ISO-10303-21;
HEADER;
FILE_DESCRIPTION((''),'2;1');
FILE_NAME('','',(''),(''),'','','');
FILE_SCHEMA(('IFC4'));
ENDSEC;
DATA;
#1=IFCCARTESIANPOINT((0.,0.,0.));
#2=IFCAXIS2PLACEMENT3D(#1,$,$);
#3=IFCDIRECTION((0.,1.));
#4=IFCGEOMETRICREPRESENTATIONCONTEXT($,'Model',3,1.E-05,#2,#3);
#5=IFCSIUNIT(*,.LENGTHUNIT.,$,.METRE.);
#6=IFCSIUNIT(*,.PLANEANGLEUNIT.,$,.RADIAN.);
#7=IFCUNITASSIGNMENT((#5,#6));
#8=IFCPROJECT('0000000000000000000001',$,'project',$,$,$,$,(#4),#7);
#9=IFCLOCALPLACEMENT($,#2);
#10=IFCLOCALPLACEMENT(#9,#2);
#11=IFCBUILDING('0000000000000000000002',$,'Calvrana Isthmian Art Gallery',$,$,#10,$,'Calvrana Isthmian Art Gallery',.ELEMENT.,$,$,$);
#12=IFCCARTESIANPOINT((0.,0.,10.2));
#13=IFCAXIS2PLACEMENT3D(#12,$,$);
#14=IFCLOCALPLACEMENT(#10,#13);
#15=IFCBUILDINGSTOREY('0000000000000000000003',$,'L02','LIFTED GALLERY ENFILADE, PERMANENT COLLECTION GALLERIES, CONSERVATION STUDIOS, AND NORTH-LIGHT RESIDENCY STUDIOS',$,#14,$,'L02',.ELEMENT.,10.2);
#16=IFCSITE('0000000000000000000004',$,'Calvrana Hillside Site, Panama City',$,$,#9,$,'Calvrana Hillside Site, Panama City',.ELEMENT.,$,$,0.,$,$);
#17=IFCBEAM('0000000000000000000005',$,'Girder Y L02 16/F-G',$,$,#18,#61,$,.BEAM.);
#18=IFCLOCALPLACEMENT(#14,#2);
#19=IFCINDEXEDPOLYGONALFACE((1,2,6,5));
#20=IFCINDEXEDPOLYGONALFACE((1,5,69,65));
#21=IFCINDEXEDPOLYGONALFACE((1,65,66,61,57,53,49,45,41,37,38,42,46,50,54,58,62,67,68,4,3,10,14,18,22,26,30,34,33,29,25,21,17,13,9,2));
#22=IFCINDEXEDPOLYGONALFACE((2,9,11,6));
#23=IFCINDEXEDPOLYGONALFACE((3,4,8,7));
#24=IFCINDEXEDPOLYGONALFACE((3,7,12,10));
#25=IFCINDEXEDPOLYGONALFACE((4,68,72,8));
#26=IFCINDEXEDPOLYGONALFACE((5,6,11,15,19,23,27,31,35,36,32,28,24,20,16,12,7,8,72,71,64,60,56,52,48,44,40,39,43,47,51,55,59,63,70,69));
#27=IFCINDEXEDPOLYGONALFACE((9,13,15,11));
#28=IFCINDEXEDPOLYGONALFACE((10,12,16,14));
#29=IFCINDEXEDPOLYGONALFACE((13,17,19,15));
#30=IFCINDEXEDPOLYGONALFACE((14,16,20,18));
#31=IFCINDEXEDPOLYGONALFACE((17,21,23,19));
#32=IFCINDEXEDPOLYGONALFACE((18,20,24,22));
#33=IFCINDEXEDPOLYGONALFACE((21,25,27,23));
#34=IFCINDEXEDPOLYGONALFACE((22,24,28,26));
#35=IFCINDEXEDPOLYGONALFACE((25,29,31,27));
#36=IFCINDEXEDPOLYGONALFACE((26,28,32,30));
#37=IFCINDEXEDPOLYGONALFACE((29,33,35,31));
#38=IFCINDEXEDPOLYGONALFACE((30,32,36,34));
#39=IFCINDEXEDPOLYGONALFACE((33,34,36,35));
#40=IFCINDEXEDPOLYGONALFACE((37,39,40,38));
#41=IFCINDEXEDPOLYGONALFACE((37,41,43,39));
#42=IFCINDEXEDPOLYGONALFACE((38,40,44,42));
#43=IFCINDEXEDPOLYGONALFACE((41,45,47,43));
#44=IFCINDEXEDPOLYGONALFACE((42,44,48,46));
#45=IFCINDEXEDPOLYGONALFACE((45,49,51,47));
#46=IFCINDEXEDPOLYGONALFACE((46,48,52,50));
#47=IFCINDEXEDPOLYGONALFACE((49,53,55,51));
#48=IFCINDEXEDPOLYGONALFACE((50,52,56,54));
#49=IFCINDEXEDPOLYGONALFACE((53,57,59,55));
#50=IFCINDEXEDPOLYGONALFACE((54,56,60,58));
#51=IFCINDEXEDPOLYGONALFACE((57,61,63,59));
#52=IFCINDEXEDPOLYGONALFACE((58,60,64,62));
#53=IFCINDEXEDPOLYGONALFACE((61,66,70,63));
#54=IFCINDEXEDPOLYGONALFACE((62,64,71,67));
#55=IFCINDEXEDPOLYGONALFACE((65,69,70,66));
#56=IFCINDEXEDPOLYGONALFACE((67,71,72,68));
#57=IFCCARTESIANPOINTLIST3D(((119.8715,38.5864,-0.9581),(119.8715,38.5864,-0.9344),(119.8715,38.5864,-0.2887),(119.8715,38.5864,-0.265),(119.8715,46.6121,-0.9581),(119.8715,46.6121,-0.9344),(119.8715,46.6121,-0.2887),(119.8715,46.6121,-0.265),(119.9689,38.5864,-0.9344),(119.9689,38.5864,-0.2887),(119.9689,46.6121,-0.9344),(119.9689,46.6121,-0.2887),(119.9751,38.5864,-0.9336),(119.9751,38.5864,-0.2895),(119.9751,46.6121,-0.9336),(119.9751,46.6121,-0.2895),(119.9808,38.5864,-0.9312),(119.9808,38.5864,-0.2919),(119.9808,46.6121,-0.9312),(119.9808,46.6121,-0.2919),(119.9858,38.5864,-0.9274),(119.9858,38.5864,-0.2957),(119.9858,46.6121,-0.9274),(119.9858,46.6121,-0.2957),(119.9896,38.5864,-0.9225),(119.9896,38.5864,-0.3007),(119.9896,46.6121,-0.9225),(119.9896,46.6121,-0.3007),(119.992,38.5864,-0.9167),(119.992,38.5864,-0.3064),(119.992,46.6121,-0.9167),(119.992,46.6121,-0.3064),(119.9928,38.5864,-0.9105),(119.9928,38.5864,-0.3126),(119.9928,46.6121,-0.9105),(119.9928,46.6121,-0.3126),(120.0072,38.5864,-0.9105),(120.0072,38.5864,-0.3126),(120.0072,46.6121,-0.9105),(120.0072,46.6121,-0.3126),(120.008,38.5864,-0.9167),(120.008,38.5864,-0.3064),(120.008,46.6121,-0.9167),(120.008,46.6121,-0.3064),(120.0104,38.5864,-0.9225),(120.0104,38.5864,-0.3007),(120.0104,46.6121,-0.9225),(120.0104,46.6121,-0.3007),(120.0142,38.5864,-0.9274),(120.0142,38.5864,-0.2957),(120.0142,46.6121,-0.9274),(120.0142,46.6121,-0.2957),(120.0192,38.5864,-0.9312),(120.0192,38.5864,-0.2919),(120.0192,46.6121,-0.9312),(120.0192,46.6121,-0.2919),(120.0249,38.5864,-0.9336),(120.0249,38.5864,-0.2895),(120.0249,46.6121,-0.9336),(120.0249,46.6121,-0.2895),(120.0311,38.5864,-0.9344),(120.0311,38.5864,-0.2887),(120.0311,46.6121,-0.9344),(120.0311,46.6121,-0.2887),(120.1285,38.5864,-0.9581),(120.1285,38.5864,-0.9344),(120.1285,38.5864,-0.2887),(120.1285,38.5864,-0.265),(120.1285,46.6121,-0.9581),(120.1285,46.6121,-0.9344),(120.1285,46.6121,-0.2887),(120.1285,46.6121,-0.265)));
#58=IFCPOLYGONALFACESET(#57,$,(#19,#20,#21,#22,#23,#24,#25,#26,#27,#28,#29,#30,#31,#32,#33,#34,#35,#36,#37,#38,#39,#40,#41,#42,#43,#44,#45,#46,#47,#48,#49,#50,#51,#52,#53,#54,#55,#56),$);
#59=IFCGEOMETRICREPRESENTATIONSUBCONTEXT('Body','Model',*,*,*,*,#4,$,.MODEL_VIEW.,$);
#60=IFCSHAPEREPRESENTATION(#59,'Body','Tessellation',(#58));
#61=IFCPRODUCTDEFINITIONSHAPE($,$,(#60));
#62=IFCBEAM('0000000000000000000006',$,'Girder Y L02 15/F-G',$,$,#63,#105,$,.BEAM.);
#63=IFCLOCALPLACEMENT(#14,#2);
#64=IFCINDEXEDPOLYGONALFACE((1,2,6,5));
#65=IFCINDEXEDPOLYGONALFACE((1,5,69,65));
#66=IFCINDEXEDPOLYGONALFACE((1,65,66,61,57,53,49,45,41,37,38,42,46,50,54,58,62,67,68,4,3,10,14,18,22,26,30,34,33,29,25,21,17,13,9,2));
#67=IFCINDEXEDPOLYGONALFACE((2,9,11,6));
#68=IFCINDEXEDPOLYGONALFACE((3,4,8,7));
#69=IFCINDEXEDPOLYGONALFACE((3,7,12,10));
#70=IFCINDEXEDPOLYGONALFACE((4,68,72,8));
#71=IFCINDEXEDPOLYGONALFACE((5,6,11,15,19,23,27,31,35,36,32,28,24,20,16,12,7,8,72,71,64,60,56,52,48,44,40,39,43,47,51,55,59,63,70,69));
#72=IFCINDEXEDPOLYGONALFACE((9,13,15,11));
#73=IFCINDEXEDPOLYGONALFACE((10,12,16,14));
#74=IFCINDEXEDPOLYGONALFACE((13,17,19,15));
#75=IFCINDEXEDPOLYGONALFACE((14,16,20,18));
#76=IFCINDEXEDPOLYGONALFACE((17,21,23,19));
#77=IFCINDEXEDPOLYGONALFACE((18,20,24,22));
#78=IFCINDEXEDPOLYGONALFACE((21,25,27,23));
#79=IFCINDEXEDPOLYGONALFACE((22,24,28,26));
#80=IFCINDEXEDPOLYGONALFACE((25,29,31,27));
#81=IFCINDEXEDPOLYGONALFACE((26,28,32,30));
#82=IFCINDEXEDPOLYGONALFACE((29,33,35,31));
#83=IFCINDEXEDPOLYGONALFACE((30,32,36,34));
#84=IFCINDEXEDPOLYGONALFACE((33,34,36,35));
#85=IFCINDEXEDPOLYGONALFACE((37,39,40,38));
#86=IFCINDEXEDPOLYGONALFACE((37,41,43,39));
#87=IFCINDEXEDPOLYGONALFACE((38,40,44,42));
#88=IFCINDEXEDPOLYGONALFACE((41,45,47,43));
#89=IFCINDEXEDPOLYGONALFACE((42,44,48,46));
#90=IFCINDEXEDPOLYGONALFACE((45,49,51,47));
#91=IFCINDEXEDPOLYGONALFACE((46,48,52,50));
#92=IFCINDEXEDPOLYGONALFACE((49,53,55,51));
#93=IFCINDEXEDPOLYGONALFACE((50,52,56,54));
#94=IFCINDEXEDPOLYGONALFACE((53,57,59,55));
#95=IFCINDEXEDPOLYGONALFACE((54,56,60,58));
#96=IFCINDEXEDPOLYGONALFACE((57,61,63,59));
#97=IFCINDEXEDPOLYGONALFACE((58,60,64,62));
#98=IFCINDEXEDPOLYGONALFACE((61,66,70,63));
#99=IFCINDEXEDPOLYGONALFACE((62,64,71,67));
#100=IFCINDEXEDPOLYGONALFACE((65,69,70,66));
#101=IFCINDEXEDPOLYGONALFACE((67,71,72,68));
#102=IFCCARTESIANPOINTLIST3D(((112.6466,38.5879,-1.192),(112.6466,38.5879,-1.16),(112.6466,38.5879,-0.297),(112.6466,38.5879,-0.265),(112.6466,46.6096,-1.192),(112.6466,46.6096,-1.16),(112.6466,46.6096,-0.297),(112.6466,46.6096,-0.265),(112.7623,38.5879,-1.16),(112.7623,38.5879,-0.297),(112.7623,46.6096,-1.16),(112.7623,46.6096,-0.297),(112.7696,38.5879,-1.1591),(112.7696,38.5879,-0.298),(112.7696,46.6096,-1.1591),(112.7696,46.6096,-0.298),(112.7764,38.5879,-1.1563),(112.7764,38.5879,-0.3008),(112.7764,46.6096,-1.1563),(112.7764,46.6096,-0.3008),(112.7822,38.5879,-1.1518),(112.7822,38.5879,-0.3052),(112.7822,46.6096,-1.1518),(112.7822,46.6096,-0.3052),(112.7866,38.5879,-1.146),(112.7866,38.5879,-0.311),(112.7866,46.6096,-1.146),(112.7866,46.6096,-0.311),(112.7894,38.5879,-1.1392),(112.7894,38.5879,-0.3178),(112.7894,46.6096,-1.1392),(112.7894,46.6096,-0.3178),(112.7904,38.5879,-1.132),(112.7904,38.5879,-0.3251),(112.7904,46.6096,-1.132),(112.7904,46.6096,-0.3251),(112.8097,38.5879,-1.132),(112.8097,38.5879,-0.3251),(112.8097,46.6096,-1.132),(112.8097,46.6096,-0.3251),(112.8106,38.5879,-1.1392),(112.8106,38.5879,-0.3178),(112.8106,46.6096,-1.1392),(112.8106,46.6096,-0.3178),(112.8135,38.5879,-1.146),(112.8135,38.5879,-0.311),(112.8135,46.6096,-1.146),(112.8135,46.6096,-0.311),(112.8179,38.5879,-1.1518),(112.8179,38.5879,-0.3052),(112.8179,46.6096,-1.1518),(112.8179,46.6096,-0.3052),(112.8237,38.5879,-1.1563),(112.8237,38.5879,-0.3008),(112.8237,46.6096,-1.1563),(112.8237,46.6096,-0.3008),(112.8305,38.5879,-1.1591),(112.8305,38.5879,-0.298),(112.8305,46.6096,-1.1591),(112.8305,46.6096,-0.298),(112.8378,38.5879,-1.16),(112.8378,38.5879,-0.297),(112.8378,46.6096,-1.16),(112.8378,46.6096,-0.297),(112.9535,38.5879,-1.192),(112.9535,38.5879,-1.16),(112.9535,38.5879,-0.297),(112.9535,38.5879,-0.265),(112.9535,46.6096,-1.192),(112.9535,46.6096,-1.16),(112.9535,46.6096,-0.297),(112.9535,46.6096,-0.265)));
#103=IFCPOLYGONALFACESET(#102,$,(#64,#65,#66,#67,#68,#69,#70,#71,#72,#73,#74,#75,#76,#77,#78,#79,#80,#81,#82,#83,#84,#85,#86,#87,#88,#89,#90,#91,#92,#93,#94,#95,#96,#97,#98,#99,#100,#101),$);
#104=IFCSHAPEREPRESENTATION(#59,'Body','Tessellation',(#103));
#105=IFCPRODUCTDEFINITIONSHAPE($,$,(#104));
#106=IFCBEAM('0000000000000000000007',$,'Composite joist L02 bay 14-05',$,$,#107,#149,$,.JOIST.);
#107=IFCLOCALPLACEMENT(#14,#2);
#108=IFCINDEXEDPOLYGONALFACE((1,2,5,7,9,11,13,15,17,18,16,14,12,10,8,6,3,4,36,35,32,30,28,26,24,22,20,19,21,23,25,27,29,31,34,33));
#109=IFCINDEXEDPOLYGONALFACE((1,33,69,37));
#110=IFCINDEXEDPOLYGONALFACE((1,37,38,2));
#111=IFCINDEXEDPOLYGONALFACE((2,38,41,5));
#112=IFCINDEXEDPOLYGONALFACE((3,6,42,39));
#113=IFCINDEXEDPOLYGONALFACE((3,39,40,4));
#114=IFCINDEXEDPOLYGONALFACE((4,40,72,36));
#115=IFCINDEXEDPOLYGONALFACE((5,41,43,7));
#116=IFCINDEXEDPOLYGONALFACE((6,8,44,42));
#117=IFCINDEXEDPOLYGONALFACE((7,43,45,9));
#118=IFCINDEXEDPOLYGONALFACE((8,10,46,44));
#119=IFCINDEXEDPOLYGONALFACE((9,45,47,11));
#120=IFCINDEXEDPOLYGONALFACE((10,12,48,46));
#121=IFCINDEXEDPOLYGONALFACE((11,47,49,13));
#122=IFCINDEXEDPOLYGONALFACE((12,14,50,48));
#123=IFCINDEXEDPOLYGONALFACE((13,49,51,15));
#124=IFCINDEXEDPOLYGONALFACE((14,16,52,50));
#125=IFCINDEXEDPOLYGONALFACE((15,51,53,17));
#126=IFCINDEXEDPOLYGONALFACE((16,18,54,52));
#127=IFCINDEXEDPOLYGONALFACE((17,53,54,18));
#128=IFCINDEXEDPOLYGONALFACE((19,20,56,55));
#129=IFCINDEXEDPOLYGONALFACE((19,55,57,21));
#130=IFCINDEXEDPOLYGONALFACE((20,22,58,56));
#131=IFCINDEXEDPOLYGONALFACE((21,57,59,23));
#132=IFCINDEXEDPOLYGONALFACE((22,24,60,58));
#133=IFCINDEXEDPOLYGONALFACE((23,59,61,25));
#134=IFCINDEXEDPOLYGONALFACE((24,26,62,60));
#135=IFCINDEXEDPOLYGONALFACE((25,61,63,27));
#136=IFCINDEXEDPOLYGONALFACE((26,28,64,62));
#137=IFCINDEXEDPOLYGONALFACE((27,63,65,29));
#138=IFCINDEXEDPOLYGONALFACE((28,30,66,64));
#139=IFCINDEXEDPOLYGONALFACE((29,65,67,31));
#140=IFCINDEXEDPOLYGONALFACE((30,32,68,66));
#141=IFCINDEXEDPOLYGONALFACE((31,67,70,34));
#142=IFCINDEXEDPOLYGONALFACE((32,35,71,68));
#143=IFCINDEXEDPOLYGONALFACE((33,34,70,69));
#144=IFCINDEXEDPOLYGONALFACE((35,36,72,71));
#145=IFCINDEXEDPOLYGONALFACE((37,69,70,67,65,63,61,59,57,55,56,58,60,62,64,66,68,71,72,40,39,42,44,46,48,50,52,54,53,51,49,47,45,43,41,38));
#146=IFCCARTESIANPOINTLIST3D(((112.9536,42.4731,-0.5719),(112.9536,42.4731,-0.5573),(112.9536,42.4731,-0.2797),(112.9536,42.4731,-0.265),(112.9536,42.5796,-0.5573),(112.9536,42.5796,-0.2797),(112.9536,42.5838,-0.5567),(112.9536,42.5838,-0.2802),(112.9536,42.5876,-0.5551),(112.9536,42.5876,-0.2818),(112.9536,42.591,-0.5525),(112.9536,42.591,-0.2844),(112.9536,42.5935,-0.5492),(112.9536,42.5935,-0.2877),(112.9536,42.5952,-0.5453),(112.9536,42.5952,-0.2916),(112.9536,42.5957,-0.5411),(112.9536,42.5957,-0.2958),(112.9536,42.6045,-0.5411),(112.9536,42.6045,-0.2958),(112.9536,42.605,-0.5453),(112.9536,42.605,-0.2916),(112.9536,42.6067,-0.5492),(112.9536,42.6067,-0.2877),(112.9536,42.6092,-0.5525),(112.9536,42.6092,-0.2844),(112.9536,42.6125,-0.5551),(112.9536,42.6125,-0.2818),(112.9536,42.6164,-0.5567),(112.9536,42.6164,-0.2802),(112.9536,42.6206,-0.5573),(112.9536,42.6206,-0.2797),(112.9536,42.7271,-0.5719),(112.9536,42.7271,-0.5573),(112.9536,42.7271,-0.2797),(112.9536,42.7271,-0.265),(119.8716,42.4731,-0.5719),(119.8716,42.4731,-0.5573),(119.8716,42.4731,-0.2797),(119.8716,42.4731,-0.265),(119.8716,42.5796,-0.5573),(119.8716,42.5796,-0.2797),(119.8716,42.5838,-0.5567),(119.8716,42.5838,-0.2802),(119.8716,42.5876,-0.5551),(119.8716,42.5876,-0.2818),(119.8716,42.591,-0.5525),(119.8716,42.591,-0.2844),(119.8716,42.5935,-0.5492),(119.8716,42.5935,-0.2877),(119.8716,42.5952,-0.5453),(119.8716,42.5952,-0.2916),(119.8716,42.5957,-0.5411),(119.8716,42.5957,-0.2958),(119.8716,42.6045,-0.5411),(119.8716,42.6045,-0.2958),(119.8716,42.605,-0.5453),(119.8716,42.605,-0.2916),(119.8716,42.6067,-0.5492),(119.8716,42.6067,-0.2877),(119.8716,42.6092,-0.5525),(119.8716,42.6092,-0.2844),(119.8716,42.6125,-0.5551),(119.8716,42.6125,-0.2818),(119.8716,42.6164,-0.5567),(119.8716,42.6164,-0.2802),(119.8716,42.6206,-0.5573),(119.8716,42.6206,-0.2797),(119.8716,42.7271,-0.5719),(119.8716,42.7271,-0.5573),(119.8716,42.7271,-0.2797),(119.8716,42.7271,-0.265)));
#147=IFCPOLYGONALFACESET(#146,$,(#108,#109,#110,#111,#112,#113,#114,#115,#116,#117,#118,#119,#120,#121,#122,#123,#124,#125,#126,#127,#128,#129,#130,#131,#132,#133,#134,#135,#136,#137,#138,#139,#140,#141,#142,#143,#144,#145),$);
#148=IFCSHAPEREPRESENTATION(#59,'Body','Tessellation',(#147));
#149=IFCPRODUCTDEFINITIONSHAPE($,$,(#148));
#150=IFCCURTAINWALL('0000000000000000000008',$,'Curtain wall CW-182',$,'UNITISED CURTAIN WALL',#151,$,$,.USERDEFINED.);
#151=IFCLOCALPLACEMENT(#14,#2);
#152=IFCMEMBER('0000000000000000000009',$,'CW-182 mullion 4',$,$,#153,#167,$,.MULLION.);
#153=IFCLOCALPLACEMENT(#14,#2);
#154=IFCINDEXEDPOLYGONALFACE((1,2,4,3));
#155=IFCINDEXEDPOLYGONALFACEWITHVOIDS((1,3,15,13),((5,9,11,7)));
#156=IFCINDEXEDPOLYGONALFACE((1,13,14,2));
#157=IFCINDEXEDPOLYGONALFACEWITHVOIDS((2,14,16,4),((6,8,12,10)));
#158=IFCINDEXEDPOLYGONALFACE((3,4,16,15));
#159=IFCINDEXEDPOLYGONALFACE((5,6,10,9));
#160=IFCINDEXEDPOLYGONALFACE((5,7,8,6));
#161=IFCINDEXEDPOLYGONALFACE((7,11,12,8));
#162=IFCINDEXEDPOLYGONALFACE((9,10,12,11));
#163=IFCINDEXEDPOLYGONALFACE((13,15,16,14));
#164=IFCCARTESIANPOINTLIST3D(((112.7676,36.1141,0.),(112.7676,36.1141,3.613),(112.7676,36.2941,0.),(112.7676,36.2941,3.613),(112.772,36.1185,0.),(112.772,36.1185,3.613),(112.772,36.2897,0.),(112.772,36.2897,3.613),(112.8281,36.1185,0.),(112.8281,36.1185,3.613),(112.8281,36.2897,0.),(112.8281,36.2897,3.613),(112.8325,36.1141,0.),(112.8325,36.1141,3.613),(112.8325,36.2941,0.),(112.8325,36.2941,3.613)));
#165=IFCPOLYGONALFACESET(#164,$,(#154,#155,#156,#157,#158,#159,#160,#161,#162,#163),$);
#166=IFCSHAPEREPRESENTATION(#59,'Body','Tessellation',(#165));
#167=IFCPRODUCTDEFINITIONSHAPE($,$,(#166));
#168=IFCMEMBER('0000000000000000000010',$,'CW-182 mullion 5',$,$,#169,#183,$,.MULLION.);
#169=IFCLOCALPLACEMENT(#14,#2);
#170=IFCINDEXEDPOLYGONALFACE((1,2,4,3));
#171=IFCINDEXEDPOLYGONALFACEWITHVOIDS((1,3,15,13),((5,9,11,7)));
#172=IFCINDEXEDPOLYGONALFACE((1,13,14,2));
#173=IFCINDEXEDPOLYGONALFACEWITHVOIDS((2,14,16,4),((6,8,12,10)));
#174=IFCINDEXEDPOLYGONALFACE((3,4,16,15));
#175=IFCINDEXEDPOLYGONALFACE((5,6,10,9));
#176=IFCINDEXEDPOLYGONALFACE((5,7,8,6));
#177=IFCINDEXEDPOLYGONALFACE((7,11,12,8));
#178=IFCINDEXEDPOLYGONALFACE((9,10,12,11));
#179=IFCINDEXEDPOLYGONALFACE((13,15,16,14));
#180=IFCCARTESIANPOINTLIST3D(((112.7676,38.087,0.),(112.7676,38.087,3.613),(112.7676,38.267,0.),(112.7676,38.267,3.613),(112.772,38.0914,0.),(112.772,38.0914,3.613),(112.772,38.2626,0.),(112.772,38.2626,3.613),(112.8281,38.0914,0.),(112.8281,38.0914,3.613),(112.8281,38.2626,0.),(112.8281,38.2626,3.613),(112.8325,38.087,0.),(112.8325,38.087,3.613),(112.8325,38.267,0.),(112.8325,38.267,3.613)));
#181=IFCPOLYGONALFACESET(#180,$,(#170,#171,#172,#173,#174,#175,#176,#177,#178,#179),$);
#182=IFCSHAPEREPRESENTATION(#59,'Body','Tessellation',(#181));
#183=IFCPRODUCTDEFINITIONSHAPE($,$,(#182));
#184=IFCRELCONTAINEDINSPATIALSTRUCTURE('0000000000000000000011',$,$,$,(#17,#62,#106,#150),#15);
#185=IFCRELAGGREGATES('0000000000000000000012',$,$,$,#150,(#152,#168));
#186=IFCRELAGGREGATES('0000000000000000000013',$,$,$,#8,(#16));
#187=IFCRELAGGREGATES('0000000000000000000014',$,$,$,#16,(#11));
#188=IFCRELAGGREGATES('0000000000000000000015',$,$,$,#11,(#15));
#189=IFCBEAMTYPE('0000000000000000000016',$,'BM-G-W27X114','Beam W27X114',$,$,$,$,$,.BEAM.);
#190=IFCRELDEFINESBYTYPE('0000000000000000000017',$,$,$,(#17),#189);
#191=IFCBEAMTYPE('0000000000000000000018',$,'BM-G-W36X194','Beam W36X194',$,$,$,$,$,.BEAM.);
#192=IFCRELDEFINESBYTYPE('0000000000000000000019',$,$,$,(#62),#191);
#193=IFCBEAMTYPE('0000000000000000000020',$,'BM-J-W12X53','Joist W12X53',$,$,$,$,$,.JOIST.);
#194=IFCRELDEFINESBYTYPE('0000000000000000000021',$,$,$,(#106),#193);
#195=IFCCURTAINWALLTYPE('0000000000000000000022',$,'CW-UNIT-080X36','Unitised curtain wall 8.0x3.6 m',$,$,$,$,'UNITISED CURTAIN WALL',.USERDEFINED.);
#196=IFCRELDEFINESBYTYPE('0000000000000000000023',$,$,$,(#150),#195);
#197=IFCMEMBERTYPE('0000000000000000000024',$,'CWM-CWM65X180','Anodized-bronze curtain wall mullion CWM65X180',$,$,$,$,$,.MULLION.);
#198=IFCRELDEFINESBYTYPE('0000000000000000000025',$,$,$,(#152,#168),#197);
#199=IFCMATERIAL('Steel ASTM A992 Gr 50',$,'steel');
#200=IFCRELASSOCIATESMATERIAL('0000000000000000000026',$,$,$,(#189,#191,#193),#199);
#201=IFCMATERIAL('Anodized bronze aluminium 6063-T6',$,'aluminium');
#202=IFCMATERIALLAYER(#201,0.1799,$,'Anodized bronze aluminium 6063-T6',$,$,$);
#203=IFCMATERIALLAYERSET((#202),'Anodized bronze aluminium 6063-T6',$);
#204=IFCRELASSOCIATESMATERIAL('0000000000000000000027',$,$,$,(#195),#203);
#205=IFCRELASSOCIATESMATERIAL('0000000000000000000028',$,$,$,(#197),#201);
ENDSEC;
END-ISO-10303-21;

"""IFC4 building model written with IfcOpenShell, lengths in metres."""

from ifc_helpers import new_model, si_unit, direction, frame, origin, origin_2d, place, context, subcontext, project, spatial, hollow_rectangle, i_section, extrude, material, layer, layer_set, material_profile, profile_set, type_object, element, aggregate, save


model = new_model("IFC4")

# Units and contexts
model_context = context("Model", 3, precision=1e-05, world=origin(), true_north=direction((0.0, 1.0)))
body_context = subcontext(model_context, "Body", "Model", "MODEL_VIEW")
ifc_project = project(units=[si_unit("LENGTHUNIT", "METRE"), si_unit("PLANEANGLEUNIT", "RADIAN")], contexts=[model_context])

# Site, building, storey
site_placement = place(None, origin())
site = spatial("IfcSite", under=ifc_project, at=site_placement, Name="Calvrana Hillside Site, Panama City", LongName="Calvrana Hillside Site, Panama City", CompositionType="ELEMENT", RefElevation=0.0)
building_placement = place(site_placement, origin())
building = spatial("IfcBuilding", under=site, at=building_placement, Name="Calvrana Isthmian Art Gallery", LongName="Calvrana Isthmian Art Gallery", CompositionType="ELEMENT")
storey_placement = place(building_placement, frame((0.0, 0.0, 10.2)))
storey = spatial("IfcBuildingStorey", under=building, at=storey_placement, Name="L02", Description="LIFTED GALLERY ENFILADE, PERMANENT COLLECTION GALLERIES, CONSERVATION STUDIOS, AND NORTH-LIGHT RESIDENCY STUDIOS", LongName="L02", CompositionType="ELEMENT", Elevation=10.2)

# Shared definitions
ifc_material_1 = material(Name="Steel ASTM A992 Gr 50", Category="steel")

# Beams
ifc_material_profile_1 = material_profile(ifc_material_1, i_section(OverallWidth=0.2571, OverallDepth=0.6931, WebThickness=0.0144, FlangeThickness=0.0237, FilletRadius=0.0239, at=origin_2d()), Name="W27X114")
ifc_profile_set_1 = profile_set([ifc_material_profile_1], Name="Steel ASTM A992 Gr 50")
beam_type_1 = type_object("IfcBeamType", Name="BM-G-W27X114", Description="Beam W27X114", PredefinedType="BEAM", material=ifc_profile_set_1)
beam_1_placement = place(storey_placement, frame((120.0, 38.5864, -0.6116), z_axis=(0.0, 1.0, 0.0), x_axis=(-1.0, 0.0, 0.0)))
element("IfcBeam", 1, at=beam_1_placement, inside=storey, type_object=beam_type_1, Name="Girder Y L02 16/F-G", PredefinedType="BEAM", context=body_context, shape_type="SweptSolid", body=[
    extrude(i_section(OverallWidth=0.2571, OverallDepth=0.6931, WebThickness=0.0144, FlangeThickness=0.0237, FilletRadius=0.0239, at=origin_2d()), origin(), (0.0, 0.0, 1.0), 8.0256),
])
ifc_material_profile_2 = material_profile(ifc_material_1, i_section(OverallWidth=0.3069, OverallDepth=0.927, WebThickness=0.0193, FlangeThickness=0.032, FilletRadius=0.0281, at=origin_2d()), Name="W36X194")
ifc_profile_set_2 = profile_set([ifc_material_profile_2], Name="Steel ASTM A992 Gr 50")
beam_type_2 = type_object("IfcBeamType", Name="BM-G-W36X194", Description="Beam W36X194", PredefinedType="BEAM", material=ifc_profile_set_2)
beam_2_placement = place(storey_placement, frame((112.8, 38.5879, -0.7285), z_axis=(0.0, 1.0, 0.0), x_axis=(-1.0, 0.0, 0.0)))
element("IfcBeam", 2, at=beam_2_placement, inside=storey, type_object=beam_type_2, Name="Girder Y L02 15/F-G", PredefinedType="BEAM", context=body_context, shape_type="SweptSolid", body=[
    extrude(i_section(OverallWidth=0.3069, OverallDepth=0.927, WebThickness=0.0193, FlangeThickness=0.032, FilletRadius=0.0281, at=origin_2d()), origin(), (0.0, 0.0, 1.0), 8.0217),
])
ifc_material_profile_3 = material_profile(ifc_material_1, i_section(OverallWidth=0.2539, OverallDepth=0.3069, WebThickness=0.0088, FlangeThickness=0.0146, FilletRadius=0.0161, at=origin_2d()), Name="W12X53")
ifc_profile_set_3 = profile_set([ifc_material_profile_3], Name="Steel ASTM A992 Gr 50")
beam_type_3 = type_object("IfcBeamType", Name="BM-J-W12X53", Description="Joist W12X53", PredefinedType="JOIST", material=ifc_profile_set_3)
beam_3_placement = place(storey_placement, frame((112.9536, 42.6001, -0.4185), z_axis=(1.0, 0.0, 0.0), x_axis=(0.0, 1.0, 0.0)))
element("IfcBeam", 3, at=beam_3_placement, inside=storey, type_object=beam_type_3, Name="Composite joist L02 bay 14-05", PredefinedType="JOIST", context=body_context, shape_type="SweptSolid", body=[
    extrude(i_section(OverallWidth=0.2539, OverallDepth=0.3069, WebThickness=0.0088, FlangeThickness=0.0146, FilletRadius=0.0161, at=origin_2d()), origin(), (0.0, 0.0, 1.0), 6.918),
])

# Curtain wall, members
ifc_material_2 = material(Name="Anodized bronze aluminium 6063-T6", Category="aluminium")
ifc_layer_1 = layer(ifc_material_2, 0.1799, Name="Anodized bronze aluminium 6063-T6")
ifc_layer_set_1 = layer_set([ifc_layer_1], Name="Anodized bronze aluminium 6063-T6")
curtain_wall_type = type_object("IfcCurtainWallType", Name="CW-UNIT-080X36", Description="Unitised curtain wall 8.0x3.6 m", ElementType="UNITISED CURTAIN WALL", PredefinedType="USERDEFINED", material=ifc_layer_set_1)
curtain_wall_placement = place(storey_placement, origin())
curtain_wall = element("IfcCurtainWall", 4, at=curtain_wall_placement, inside=storey, type_object=curtain_wall_type, Name="Curtain wall CW-182", ObjectType="UNITISED CURTAIN WALL", PredefinedType="USERDEFINED")
ifc_material_profile_4 = material_profile(ifc_material_2, hollow_rectangle(XDim=0.0649, YDim=0.1799, WallThickness=0.0044, at=origin_2d()), Name="CWM65X180")
ifc_profile_set_4 = profile_set([ifc_material_profile_4], Name="Anodized bronze aluminium 6063-T6")
member_type_1 = type_object("IfcMemberType", Name="CWM-CWM65X180", Description="Anodized-bronze curtain wall mullion CWM65X180", PredefinedType="MULLION", material=ifc_profile_set_4)
member_1_placement = place(storey_placement, frame((112.8, 36.2041, 0.0), z_axis=(0.0, 0.0, 1.0), x_axis=(-1.0, 0.0, 0.0)))
member_1 = element("IfcMember", 5, at=member_1_placement, type_object=member_type_1, Name="CW-182 mullion 4", PredefinedType="MULLION", context=body_context, shape_type="SweptSolid", body=[
    extrude(hollow_rectangle(XDim=0.0649, YDim=0.1799, WallThickness=0.0044, at=origin_2d()), origin(), (0.0, 0.0, 1.0), 3.613),
])
member_2_placement = place(storey_placement, frame((112.8, 38.177, 0.0), z_axis=(0.0, 0.0, 1.0), x_axis=(-1.0, 0.0, 0.0)))
member_2 = element("IfcMember", 6, at=member_2_placement, type_object=member_type_1, Name="CW-182 mullion 5", PredefinedType="MULLION", context=body_context, shape_type="SweptSolid", body=[
    extrude(hollow_rectangle(XDim=0.0649, YDim=0.1799, WallThickness=0.0044, at=origin_2d()), origin(), (0.0, 0.0, 1.0), 3.613),
])
aggregate(curtain_wall, [member_1, member_2])

save(model, "model.ifc")
